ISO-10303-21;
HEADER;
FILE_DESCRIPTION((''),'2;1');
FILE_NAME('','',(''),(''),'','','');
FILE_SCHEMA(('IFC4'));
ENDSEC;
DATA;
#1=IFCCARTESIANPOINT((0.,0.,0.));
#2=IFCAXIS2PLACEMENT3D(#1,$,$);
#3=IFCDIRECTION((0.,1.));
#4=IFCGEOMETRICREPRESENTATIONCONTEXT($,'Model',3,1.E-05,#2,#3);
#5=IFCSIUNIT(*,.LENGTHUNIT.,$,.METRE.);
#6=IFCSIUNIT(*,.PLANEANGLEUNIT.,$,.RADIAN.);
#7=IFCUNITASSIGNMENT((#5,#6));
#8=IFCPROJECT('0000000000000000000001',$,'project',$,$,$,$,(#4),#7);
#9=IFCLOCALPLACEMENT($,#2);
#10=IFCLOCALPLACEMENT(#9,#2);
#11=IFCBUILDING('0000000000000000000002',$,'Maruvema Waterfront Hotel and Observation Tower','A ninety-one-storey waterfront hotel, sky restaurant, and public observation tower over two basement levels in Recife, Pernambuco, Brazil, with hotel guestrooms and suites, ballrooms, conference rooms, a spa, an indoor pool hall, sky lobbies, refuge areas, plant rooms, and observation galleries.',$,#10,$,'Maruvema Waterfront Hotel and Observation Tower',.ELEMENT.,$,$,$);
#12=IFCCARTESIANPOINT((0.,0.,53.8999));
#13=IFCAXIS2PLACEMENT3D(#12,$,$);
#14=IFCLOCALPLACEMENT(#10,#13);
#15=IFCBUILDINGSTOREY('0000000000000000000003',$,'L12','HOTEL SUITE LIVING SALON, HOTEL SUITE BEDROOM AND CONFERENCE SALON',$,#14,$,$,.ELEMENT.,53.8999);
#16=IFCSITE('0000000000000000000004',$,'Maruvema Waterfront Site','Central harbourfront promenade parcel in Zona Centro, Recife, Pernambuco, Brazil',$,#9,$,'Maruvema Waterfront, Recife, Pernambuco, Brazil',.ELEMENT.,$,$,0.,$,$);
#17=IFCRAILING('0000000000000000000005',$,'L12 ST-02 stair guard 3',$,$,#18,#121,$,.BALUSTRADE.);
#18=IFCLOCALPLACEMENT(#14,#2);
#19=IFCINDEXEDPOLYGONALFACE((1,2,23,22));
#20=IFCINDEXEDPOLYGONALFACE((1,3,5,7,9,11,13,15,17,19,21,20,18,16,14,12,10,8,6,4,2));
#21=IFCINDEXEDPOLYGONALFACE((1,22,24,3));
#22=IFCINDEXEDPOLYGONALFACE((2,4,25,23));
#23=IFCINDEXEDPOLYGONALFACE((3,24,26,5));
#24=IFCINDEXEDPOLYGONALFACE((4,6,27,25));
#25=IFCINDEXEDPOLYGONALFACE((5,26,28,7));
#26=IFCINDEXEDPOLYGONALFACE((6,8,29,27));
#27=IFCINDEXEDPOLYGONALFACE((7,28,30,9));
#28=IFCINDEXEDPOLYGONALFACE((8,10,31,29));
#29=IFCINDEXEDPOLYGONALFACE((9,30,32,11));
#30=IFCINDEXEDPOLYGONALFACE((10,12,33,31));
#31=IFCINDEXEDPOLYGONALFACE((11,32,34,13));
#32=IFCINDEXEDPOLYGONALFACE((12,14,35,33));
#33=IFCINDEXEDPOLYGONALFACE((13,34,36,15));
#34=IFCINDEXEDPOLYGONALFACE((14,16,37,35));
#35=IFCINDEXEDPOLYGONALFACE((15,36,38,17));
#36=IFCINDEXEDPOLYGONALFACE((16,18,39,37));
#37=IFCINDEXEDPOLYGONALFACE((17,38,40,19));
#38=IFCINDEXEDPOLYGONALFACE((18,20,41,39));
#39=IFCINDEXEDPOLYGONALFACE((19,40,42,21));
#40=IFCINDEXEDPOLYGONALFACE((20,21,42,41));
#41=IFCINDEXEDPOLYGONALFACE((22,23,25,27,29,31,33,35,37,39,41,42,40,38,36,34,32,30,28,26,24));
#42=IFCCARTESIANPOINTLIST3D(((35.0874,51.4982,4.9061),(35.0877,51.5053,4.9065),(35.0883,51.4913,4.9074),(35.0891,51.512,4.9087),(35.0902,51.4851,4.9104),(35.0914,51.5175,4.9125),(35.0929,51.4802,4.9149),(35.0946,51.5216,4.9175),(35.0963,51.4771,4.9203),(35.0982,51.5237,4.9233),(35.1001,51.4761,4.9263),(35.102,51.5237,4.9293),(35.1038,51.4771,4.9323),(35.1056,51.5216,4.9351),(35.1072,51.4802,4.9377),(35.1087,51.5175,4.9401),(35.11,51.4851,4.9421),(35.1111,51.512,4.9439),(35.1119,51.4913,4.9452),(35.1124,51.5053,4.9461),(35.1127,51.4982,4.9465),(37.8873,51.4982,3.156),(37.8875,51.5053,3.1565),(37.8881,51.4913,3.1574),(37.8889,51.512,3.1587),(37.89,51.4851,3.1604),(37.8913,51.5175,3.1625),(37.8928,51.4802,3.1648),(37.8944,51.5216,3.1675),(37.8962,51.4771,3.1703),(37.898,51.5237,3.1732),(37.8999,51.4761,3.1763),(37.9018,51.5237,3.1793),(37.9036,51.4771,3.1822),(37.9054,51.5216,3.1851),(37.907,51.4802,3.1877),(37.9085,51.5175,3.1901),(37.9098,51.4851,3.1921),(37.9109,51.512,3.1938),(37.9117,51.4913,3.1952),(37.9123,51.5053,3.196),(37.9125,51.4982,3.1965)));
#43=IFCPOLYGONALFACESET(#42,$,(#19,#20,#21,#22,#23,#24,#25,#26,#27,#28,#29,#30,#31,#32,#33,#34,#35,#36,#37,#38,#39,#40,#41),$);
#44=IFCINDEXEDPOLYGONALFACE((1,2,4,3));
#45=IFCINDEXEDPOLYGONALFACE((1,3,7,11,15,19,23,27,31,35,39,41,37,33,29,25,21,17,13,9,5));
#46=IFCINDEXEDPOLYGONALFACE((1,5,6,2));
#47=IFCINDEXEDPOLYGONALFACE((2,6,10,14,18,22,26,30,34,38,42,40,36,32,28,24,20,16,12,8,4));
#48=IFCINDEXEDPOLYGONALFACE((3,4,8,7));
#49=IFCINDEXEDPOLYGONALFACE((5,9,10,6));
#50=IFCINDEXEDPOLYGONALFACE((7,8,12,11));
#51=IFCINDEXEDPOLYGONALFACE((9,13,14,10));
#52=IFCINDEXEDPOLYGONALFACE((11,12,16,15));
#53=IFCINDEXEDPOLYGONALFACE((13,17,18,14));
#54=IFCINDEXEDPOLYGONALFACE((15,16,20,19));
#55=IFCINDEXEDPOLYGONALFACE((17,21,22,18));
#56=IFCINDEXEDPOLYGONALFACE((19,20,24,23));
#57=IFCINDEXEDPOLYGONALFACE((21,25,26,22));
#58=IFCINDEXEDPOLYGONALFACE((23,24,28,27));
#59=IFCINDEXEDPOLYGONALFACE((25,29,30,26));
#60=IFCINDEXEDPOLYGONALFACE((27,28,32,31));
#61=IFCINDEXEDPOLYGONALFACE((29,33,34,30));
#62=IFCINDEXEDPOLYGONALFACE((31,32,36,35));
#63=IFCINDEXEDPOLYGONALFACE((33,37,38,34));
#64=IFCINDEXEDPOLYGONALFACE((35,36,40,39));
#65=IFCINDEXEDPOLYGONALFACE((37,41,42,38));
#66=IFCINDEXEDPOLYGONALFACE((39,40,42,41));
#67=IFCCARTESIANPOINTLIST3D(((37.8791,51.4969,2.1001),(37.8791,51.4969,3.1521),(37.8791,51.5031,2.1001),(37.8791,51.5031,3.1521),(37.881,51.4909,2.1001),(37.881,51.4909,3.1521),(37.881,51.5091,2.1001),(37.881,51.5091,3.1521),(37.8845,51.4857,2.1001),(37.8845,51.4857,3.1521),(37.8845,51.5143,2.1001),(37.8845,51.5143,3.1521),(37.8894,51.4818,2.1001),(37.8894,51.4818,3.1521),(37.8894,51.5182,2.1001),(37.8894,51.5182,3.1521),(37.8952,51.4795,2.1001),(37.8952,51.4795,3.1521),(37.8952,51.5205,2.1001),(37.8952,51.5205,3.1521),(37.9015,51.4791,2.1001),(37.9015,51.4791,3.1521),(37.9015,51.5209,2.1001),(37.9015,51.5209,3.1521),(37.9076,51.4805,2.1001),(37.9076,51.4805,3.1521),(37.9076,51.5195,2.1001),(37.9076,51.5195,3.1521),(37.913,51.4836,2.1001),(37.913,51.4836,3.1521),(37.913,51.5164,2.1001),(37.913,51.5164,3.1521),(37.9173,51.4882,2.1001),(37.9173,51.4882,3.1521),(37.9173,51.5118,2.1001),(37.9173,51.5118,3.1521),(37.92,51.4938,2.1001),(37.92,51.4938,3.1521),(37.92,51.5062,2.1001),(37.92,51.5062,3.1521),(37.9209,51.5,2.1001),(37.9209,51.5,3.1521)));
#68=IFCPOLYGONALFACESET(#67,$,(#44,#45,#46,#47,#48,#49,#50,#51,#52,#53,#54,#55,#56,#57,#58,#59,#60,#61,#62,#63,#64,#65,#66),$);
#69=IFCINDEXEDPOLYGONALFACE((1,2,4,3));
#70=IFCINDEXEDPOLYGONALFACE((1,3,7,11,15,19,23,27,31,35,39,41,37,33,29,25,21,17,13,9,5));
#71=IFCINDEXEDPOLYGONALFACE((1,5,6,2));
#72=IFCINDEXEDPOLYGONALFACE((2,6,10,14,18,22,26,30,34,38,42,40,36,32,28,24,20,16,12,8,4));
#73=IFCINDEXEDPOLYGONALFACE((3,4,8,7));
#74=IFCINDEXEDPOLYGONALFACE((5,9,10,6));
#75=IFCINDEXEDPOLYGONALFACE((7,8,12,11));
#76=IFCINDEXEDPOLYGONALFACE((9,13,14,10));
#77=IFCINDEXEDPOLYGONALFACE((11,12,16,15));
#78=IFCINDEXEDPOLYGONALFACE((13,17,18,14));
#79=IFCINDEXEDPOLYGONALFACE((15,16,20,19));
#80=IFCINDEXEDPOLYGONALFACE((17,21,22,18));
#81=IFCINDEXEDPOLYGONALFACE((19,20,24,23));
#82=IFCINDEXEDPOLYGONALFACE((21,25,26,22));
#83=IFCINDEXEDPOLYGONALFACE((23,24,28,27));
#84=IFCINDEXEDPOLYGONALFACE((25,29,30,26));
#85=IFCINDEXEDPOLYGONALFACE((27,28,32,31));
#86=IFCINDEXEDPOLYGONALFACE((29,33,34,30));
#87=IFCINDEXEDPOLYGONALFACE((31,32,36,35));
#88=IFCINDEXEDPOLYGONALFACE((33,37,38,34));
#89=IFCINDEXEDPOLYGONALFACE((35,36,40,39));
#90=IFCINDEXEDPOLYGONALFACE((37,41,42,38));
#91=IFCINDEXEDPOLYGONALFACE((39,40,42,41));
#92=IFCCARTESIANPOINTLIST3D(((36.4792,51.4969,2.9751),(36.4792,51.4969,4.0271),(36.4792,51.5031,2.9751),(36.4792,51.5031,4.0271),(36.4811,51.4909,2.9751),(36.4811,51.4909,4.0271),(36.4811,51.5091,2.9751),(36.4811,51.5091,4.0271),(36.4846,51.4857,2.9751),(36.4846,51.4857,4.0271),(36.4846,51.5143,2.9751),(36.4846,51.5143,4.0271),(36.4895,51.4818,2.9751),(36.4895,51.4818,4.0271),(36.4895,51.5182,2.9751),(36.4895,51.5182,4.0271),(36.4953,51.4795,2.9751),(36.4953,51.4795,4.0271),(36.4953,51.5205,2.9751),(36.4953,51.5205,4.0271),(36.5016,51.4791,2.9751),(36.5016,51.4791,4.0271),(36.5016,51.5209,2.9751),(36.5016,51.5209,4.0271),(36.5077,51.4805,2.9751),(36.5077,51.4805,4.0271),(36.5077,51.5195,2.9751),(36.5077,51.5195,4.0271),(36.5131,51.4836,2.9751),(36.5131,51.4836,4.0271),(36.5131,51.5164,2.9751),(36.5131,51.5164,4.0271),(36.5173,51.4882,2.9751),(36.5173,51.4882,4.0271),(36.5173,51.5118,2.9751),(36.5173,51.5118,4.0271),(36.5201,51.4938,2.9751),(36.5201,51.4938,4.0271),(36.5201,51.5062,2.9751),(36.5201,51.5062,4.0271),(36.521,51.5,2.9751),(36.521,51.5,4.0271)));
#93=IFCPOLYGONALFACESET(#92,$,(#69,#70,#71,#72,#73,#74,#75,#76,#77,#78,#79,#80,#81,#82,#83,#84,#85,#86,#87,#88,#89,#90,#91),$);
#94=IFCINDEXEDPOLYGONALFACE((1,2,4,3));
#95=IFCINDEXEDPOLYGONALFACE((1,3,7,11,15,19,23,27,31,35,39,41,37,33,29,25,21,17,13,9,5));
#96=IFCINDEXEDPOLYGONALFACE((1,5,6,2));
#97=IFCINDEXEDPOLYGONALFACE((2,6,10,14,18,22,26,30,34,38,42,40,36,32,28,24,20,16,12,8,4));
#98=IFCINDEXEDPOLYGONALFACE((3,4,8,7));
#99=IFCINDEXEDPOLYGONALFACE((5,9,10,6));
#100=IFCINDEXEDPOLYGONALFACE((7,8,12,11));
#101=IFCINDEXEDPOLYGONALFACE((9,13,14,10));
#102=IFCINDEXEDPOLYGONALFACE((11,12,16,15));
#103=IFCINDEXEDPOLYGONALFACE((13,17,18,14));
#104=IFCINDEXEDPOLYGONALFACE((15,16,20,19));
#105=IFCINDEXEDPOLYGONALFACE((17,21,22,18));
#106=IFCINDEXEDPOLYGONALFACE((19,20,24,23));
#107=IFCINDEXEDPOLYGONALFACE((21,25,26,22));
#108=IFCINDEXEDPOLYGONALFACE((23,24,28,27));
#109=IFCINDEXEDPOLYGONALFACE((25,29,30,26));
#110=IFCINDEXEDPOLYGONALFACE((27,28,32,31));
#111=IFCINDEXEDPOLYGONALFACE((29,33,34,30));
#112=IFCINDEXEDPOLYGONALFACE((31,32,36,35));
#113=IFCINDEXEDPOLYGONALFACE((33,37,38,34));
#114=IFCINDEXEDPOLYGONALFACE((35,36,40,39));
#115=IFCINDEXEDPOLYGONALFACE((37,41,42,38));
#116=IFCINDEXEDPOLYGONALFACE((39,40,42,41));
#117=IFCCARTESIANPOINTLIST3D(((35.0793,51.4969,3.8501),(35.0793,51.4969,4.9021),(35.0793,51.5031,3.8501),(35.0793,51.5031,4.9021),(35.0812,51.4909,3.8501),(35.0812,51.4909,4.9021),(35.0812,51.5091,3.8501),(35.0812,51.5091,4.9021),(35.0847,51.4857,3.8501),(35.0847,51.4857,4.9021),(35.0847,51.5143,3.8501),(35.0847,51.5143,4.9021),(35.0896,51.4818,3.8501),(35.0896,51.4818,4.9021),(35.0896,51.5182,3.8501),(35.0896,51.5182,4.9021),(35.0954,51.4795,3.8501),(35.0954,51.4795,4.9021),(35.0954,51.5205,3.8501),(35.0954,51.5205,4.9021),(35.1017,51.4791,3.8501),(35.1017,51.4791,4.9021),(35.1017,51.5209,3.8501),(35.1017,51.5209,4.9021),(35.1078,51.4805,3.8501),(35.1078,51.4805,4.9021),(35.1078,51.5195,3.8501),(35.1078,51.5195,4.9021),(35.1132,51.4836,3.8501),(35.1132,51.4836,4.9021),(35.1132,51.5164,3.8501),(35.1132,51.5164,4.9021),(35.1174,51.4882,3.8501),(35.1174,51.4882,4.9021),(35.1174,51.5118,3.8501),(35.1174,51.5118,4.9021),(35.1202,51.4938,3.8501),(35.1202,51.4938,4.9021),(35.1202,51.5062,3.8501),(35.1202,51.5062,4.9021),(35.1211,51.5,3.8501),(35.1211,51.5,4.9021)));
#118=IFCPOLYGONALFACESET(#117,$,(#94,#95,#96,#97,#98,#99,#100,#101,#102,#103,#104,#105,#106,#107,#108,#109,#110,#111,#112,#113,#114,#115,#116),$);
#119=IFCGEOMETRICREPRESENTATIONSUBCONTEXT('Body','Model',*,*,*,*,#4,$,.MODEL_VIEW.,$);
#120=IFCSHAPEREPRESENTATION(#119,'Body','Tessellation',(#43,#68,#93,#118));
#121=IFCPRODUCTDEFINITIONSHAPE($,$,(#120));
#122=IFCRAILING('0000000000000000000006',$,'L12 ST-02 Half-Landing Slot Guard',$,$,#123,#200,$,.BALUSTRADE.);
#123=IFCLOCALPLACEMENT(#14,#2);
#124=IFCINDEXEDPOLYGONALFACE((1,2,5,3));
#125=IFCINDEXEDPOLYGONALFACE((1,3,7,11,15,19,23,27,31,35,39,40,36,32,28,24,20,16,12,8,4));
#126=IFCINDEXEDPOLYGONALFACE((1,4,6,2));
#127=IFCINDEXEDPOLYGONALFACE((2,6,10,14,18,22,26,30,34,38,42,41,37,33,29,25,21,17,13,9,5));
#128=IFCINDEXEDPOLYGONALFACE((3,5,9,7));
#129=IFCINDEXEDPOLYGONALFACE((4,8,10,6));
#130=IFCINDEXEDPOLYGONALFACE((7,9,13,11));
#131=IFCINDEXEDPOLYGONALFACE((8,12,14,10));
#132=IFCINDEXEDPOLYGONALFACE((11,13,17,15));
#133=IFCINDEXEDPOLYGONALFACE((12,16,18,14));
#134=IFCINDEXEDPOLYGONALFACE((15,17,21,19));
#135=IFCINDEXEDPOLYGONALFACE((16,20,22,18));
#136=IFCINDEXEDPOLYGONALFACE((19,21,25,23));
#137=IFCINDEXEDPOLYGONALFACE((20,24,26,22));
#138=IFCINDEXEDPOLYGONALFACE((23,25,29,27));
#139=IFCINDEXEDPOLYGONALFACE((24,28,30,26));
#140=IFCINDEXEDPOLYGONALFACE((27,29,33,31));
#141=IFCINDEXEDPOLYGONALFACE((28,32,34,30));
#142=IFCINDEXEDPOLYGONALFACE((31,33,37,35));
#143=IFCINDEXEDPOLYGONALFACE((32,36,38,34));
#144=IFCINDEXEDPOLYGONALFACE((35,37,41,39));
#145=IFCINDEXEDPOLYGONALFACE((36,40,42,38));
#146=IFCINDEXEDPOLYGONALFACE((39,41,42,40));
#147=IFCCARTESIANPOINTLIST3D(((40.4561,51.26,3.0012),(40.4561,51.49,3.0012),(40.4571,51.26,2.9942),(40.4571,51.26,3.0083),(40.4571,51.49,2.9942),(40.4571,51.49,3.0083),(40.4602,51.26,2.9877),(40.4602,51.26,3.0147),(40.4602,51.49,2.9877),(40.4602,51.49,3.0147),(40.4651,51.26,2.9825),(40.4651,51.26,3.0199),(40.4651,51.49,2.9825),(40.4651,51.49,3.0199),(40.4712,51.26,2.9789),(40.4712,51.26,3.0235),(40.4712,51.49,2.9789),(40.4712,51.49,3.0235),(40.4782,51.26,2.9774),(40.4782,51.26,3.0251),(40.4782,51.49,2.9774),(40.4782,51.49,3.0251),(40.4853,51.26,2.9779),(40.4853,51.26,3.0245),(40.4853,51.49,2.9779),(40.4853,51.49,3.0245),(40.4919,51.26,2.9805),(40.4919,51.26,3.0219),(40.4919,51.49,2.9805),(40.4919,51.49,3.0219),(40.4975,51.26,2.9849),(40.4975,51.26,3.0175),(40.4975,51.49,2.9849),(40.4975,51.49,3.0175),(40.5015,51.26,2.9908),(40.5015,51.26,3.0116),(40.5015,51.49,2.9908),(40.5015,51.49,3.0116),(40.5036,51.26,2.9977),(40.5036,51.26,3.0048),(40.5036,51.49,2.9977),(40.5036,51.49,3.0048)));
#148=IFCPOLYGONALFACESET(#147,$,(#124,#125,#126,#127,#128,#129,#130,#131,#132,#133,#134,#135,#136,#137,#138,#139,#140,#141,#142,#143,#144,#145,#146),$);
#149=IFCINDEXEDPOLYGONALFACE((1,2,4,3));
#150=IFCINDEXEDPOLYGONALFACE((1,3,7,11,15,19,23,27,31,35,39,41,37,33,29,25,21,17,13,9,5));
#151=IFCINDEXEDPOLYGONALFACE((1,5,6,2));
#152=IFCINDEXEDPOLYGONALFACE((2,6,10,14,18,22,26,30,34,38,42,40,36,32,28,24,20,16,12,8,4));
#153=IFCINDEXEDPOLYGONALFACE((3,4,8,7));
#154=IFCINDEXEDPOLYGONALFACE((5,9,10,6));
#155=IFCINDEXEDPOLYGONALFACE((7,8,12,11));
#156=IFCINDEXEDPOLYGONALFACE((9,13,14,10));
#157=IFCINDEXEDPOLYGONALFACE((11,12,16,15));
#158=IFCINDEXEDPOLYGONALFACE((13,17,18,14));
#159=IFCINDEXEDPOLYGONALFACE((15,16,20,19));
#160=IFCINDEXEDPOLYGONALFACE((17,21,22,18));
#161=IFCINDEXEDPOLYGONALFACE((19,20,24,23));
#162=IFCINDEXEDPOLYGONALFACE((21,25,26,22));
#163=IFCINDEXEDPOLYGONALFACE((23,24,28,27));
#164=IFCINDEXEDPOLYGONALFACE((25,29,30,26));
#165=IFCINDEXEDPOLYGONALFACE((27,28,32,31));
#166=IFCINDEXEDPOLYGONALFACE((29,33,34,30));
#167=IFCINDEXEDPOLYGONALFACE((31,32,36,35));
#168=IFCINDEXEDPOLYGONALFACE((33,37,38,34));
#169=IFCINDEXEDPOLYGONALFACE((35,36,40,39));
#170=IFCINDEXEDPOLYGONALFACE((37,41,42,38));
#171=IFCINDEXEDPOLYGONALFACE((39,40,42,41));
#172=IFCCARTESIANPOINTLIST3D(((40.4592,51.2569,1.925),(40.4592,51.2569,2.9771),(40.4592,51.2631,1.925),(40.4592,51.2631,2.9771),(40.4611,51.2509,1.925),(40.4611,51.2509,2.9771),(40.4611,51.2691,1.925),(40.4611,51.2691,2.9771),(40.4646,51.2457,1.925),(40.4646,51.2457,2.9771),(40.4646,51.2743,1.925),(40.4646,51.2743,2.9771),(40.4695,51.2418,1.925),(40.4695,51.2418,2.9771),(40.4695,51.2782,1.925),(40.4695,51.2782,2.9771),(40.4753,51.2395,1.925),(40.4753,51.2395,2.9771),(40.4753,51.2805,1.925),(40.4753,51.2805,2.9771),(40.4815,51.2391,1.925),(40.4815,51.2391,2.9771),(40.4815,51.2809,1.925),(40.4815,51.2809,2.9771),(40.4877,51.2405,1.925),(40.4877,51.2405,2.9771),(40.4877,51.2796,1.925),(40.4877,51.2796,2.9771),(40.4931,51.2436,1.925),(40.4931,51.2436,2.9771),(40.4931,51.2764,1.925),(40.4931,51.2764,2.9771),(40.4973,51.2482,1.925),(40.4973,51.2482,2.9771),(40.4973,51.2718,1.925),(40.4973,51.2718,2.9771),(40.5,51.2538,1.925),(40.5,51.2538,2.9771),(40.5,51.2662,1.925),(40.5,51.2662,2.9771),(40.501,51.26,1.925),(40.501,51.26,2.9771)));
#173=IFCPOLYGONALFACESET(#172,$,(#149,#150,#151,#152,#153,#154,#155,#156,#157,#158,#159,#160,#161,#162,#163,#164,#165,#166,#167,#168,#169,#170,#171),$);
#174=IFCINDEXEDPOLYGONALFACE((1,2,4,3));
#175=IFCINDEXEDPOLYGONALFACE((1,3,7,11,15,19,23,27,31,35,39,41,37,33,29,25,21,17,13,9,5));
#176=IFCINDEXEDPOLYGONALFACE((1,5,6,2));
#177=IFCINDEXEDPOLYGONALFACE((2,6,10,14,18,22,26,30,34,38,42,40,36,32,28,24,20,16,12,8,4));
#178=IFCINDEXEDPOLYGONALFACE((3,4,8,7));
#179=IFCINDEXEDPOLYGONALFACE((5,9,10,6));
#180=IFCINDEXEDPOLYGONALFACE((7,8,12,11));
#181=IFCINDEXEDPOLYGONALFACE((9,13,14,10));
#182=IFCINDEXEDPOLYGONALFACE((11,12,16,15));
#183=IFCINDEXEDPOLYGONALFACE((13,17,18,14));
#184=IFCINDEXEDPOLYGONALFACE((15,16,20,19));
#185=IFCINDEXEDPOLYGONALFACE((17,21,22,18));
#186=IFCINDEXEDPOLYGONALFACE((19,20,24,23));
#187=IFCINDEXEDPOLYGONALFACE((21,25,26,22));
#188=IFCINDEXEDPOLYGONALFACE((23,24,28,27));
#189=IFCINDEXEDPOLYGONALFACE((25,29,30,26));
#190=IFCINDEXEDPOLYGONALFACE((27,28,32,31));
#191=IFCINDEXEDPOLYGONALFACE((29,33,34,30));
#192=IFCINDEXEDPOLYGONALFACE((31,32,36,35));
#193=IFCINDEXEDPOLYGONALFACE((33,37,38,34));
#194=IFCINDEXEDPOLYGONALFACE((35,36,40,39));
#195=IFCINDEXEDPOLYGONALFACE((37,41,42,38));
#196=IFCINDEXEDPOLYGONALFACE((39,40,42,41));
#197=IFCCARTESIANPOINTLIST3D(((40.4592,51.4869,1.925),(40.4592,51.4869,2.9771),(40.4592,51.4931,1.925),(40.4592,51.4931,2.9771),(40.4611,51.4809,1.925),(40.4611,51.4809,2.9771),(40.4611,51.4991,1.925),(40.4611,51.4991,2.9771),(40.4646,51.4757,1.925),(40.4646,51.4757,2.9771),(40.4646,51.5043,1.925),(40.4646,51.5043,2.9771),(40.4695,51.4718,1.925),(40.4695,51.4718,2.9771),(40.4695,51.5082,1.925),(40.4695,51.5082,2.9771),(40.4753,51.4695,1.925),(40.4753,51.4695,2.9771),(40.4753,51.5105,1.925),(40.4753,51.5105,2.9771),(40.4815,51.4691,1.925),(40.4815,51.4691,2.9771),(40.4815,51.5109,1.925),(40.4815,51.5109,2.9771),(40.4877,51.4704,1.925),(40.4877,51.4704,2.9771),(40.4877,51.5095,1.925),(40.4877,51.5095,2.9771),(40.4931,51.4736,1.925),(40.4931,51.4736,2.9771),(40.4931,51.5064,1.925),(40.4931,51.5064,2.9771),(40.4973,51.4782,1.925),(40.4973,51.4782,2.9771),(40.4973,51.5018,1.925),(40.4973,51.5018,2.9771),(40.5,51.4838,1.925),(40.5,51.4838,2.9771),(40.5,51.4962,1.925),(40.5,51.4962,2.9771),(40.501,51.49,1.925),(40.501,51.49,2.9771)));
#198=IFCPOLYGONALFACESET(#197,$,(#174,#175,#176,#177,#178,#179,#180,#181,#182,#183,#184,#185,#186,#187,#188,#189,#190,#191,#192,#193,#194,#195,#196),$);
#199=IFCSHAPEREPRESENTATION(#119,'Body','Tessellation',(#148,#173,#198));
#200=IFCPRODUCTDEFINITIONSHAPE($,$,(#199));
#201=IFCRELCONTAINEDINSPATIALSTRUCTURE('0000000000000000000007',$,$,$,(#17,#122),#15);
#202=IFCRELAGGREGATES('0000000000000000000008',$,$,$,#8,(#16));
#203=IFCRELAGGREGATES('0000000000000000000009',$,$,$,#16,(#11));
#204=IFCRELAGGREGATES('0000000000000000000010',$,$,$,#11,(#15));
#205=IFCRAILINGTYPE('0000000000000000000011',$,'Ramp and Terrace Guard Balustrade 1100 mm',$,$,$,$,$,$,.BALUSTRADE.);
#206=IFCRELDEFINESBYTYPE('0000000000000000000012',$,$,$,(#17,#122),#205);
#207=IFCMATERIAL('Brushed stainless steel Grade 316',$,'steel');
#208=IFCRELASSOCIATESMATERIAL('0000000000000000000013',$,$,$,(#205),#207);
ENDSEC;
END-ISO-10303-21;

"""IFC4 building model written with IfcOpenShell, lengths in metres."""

from ifc_helpers import new_model, si_unit, direction, frame, origin, origin_2d, place, context, subcontext, project, spatial, circle, extrude, material, type_object, element, save


model = new_model("IFC4")

# Units and contexts
model_context = context("Model", 3, precision=1e-05, world=origin(), true_north=direction((0.0, 1.0)))
body_context = subcontext(model_context, "Body", "Model", "MODEL_VIEW")
ifc_project = project(units=[si_unit("LENGTHUNIT", "METRE"), si_unit("PLANEANGLEUNIT", "RADIAN")], contexts=[model_context])

# Site, building, storey
site_placement = place(None, origin())
site = spatial("IfcSite", under=ifc_project, at=site_placement, Name="Maruvema Waterfront Site", Description="Central harbourfront promenade parcel in Zona Centro, Recife, Pernambuco, Brazil", LongName="Maruvema Waterfront, Recife, Pernambuco, Brazil", CompositionType="ELEMENT", RefElevation=0.0)
building_placement = place(site_placement, origin())
building = spatial("IfcBuilding", under=site, at=building_placement, Name="Maruvema Waterfront Hotel and Observation Tower", Description="A ninety-one-storey waterfront hotel, sky restaurant, and public observation tower over two basement levels in Recife, Pernambuco, Brazil, with hotel guestrooms and suites, ballrooms, conference rooms, a spa, an indoor pool hall, sky lobbies, refuge areas, plant rooms, and observation galleries.", LongName="Maruvema Waterfront Hotel and Observation Tower", CompositionType="ELEMENT")
storey_placement = place(building_placement, frame((0.0, 0.0, 53.8999)))
storey = spatial("IfcBuildingStorey", under=building, at=storey_placement, Name="L12", Description="HOTEL SUITE LIVING SALON, HOTEL SUITE BEDROOM AND CONFERENCE SALON", CompositionType="ELEMENT", Elevation=53.8999)

# Railings
ifc_material_1 = material(Name="Brushed stainless steel Grade 316", Category="steel")
railing_type_1 = type_object("IfcRailingType", Name="Ramp and Terrace Guard Balustrade 1100 mm", PredefinedType="BALUSTRADE", material=ifc_material_1)
railing_1_placement = place(storey_placement, frame((37.8999, 51.5, 2.1001)))
element("IfcRailing", 1, at=railing_1_placement, inside=storey, type_object=railing_type_1, Name="L12 ST-02 stair guard 3", PredefinedType="BALUSTRADE", context=body_context, shape_type="SweptSolid", body=[
    extrude(circle(Radius=0.0239, at=origin_2d()), frame((0.0, 0.0, 1.0762), z_axis=(-0.847982, 0.0, 0.530026), x_axis=(0.0, -1.0, 0.0)), (0.0, 0.0, 1.0), 3.3018),
    extrude(circle(Radius=0.021, at=origin_2d()), origin(), (0.0, 0.0, 1.0), 1.052),
    extrude(circle(Radius=0.021, at=origin_2d()), frame((-1.3999, 0.0, 0.875)), (0.0, 0.0, 1.0), 1.052),
    extrude(circle(Radius=0.021, at=origin_2d()), frame((-2.7998, 0.0, 1.75)), (0.0, 0.0, 1.0), 1.052),
])
railing_2_placement = place(storey_placement, frame((40.48, 51.26, 1.925)))
element("IfcRailing", 2, at=railing_2_placement, inside=storey, type_object=railing_type_1, Name="L12 ST-02 Half-Landing Slot Guard", PredefinedType="BALUSTRADE", context=body_context, shape_type="SweptSolid", body=[
    extrude(circle(Radius=0.0239, at=origin_2d()), frame((0.0, 0.0, 1.0762), z_axis=(0.0, 1.0, 0.0), x_axis=(-1.0, 0.0, 0.0)), (0.0, 0.0, 1.0), 0.23),
    extrude(circle(Radius=0.021, at=origin_2d()), origin(), (0.0, 0.0, 1.0), 1.052),
    extrude(circle(Radius=0.021, at=origin_2d()), frame((0.0, 0.23, 0.0)), (0.0, 0.0, 1.0), 1.052),
])

save(model, "model.ifc")
